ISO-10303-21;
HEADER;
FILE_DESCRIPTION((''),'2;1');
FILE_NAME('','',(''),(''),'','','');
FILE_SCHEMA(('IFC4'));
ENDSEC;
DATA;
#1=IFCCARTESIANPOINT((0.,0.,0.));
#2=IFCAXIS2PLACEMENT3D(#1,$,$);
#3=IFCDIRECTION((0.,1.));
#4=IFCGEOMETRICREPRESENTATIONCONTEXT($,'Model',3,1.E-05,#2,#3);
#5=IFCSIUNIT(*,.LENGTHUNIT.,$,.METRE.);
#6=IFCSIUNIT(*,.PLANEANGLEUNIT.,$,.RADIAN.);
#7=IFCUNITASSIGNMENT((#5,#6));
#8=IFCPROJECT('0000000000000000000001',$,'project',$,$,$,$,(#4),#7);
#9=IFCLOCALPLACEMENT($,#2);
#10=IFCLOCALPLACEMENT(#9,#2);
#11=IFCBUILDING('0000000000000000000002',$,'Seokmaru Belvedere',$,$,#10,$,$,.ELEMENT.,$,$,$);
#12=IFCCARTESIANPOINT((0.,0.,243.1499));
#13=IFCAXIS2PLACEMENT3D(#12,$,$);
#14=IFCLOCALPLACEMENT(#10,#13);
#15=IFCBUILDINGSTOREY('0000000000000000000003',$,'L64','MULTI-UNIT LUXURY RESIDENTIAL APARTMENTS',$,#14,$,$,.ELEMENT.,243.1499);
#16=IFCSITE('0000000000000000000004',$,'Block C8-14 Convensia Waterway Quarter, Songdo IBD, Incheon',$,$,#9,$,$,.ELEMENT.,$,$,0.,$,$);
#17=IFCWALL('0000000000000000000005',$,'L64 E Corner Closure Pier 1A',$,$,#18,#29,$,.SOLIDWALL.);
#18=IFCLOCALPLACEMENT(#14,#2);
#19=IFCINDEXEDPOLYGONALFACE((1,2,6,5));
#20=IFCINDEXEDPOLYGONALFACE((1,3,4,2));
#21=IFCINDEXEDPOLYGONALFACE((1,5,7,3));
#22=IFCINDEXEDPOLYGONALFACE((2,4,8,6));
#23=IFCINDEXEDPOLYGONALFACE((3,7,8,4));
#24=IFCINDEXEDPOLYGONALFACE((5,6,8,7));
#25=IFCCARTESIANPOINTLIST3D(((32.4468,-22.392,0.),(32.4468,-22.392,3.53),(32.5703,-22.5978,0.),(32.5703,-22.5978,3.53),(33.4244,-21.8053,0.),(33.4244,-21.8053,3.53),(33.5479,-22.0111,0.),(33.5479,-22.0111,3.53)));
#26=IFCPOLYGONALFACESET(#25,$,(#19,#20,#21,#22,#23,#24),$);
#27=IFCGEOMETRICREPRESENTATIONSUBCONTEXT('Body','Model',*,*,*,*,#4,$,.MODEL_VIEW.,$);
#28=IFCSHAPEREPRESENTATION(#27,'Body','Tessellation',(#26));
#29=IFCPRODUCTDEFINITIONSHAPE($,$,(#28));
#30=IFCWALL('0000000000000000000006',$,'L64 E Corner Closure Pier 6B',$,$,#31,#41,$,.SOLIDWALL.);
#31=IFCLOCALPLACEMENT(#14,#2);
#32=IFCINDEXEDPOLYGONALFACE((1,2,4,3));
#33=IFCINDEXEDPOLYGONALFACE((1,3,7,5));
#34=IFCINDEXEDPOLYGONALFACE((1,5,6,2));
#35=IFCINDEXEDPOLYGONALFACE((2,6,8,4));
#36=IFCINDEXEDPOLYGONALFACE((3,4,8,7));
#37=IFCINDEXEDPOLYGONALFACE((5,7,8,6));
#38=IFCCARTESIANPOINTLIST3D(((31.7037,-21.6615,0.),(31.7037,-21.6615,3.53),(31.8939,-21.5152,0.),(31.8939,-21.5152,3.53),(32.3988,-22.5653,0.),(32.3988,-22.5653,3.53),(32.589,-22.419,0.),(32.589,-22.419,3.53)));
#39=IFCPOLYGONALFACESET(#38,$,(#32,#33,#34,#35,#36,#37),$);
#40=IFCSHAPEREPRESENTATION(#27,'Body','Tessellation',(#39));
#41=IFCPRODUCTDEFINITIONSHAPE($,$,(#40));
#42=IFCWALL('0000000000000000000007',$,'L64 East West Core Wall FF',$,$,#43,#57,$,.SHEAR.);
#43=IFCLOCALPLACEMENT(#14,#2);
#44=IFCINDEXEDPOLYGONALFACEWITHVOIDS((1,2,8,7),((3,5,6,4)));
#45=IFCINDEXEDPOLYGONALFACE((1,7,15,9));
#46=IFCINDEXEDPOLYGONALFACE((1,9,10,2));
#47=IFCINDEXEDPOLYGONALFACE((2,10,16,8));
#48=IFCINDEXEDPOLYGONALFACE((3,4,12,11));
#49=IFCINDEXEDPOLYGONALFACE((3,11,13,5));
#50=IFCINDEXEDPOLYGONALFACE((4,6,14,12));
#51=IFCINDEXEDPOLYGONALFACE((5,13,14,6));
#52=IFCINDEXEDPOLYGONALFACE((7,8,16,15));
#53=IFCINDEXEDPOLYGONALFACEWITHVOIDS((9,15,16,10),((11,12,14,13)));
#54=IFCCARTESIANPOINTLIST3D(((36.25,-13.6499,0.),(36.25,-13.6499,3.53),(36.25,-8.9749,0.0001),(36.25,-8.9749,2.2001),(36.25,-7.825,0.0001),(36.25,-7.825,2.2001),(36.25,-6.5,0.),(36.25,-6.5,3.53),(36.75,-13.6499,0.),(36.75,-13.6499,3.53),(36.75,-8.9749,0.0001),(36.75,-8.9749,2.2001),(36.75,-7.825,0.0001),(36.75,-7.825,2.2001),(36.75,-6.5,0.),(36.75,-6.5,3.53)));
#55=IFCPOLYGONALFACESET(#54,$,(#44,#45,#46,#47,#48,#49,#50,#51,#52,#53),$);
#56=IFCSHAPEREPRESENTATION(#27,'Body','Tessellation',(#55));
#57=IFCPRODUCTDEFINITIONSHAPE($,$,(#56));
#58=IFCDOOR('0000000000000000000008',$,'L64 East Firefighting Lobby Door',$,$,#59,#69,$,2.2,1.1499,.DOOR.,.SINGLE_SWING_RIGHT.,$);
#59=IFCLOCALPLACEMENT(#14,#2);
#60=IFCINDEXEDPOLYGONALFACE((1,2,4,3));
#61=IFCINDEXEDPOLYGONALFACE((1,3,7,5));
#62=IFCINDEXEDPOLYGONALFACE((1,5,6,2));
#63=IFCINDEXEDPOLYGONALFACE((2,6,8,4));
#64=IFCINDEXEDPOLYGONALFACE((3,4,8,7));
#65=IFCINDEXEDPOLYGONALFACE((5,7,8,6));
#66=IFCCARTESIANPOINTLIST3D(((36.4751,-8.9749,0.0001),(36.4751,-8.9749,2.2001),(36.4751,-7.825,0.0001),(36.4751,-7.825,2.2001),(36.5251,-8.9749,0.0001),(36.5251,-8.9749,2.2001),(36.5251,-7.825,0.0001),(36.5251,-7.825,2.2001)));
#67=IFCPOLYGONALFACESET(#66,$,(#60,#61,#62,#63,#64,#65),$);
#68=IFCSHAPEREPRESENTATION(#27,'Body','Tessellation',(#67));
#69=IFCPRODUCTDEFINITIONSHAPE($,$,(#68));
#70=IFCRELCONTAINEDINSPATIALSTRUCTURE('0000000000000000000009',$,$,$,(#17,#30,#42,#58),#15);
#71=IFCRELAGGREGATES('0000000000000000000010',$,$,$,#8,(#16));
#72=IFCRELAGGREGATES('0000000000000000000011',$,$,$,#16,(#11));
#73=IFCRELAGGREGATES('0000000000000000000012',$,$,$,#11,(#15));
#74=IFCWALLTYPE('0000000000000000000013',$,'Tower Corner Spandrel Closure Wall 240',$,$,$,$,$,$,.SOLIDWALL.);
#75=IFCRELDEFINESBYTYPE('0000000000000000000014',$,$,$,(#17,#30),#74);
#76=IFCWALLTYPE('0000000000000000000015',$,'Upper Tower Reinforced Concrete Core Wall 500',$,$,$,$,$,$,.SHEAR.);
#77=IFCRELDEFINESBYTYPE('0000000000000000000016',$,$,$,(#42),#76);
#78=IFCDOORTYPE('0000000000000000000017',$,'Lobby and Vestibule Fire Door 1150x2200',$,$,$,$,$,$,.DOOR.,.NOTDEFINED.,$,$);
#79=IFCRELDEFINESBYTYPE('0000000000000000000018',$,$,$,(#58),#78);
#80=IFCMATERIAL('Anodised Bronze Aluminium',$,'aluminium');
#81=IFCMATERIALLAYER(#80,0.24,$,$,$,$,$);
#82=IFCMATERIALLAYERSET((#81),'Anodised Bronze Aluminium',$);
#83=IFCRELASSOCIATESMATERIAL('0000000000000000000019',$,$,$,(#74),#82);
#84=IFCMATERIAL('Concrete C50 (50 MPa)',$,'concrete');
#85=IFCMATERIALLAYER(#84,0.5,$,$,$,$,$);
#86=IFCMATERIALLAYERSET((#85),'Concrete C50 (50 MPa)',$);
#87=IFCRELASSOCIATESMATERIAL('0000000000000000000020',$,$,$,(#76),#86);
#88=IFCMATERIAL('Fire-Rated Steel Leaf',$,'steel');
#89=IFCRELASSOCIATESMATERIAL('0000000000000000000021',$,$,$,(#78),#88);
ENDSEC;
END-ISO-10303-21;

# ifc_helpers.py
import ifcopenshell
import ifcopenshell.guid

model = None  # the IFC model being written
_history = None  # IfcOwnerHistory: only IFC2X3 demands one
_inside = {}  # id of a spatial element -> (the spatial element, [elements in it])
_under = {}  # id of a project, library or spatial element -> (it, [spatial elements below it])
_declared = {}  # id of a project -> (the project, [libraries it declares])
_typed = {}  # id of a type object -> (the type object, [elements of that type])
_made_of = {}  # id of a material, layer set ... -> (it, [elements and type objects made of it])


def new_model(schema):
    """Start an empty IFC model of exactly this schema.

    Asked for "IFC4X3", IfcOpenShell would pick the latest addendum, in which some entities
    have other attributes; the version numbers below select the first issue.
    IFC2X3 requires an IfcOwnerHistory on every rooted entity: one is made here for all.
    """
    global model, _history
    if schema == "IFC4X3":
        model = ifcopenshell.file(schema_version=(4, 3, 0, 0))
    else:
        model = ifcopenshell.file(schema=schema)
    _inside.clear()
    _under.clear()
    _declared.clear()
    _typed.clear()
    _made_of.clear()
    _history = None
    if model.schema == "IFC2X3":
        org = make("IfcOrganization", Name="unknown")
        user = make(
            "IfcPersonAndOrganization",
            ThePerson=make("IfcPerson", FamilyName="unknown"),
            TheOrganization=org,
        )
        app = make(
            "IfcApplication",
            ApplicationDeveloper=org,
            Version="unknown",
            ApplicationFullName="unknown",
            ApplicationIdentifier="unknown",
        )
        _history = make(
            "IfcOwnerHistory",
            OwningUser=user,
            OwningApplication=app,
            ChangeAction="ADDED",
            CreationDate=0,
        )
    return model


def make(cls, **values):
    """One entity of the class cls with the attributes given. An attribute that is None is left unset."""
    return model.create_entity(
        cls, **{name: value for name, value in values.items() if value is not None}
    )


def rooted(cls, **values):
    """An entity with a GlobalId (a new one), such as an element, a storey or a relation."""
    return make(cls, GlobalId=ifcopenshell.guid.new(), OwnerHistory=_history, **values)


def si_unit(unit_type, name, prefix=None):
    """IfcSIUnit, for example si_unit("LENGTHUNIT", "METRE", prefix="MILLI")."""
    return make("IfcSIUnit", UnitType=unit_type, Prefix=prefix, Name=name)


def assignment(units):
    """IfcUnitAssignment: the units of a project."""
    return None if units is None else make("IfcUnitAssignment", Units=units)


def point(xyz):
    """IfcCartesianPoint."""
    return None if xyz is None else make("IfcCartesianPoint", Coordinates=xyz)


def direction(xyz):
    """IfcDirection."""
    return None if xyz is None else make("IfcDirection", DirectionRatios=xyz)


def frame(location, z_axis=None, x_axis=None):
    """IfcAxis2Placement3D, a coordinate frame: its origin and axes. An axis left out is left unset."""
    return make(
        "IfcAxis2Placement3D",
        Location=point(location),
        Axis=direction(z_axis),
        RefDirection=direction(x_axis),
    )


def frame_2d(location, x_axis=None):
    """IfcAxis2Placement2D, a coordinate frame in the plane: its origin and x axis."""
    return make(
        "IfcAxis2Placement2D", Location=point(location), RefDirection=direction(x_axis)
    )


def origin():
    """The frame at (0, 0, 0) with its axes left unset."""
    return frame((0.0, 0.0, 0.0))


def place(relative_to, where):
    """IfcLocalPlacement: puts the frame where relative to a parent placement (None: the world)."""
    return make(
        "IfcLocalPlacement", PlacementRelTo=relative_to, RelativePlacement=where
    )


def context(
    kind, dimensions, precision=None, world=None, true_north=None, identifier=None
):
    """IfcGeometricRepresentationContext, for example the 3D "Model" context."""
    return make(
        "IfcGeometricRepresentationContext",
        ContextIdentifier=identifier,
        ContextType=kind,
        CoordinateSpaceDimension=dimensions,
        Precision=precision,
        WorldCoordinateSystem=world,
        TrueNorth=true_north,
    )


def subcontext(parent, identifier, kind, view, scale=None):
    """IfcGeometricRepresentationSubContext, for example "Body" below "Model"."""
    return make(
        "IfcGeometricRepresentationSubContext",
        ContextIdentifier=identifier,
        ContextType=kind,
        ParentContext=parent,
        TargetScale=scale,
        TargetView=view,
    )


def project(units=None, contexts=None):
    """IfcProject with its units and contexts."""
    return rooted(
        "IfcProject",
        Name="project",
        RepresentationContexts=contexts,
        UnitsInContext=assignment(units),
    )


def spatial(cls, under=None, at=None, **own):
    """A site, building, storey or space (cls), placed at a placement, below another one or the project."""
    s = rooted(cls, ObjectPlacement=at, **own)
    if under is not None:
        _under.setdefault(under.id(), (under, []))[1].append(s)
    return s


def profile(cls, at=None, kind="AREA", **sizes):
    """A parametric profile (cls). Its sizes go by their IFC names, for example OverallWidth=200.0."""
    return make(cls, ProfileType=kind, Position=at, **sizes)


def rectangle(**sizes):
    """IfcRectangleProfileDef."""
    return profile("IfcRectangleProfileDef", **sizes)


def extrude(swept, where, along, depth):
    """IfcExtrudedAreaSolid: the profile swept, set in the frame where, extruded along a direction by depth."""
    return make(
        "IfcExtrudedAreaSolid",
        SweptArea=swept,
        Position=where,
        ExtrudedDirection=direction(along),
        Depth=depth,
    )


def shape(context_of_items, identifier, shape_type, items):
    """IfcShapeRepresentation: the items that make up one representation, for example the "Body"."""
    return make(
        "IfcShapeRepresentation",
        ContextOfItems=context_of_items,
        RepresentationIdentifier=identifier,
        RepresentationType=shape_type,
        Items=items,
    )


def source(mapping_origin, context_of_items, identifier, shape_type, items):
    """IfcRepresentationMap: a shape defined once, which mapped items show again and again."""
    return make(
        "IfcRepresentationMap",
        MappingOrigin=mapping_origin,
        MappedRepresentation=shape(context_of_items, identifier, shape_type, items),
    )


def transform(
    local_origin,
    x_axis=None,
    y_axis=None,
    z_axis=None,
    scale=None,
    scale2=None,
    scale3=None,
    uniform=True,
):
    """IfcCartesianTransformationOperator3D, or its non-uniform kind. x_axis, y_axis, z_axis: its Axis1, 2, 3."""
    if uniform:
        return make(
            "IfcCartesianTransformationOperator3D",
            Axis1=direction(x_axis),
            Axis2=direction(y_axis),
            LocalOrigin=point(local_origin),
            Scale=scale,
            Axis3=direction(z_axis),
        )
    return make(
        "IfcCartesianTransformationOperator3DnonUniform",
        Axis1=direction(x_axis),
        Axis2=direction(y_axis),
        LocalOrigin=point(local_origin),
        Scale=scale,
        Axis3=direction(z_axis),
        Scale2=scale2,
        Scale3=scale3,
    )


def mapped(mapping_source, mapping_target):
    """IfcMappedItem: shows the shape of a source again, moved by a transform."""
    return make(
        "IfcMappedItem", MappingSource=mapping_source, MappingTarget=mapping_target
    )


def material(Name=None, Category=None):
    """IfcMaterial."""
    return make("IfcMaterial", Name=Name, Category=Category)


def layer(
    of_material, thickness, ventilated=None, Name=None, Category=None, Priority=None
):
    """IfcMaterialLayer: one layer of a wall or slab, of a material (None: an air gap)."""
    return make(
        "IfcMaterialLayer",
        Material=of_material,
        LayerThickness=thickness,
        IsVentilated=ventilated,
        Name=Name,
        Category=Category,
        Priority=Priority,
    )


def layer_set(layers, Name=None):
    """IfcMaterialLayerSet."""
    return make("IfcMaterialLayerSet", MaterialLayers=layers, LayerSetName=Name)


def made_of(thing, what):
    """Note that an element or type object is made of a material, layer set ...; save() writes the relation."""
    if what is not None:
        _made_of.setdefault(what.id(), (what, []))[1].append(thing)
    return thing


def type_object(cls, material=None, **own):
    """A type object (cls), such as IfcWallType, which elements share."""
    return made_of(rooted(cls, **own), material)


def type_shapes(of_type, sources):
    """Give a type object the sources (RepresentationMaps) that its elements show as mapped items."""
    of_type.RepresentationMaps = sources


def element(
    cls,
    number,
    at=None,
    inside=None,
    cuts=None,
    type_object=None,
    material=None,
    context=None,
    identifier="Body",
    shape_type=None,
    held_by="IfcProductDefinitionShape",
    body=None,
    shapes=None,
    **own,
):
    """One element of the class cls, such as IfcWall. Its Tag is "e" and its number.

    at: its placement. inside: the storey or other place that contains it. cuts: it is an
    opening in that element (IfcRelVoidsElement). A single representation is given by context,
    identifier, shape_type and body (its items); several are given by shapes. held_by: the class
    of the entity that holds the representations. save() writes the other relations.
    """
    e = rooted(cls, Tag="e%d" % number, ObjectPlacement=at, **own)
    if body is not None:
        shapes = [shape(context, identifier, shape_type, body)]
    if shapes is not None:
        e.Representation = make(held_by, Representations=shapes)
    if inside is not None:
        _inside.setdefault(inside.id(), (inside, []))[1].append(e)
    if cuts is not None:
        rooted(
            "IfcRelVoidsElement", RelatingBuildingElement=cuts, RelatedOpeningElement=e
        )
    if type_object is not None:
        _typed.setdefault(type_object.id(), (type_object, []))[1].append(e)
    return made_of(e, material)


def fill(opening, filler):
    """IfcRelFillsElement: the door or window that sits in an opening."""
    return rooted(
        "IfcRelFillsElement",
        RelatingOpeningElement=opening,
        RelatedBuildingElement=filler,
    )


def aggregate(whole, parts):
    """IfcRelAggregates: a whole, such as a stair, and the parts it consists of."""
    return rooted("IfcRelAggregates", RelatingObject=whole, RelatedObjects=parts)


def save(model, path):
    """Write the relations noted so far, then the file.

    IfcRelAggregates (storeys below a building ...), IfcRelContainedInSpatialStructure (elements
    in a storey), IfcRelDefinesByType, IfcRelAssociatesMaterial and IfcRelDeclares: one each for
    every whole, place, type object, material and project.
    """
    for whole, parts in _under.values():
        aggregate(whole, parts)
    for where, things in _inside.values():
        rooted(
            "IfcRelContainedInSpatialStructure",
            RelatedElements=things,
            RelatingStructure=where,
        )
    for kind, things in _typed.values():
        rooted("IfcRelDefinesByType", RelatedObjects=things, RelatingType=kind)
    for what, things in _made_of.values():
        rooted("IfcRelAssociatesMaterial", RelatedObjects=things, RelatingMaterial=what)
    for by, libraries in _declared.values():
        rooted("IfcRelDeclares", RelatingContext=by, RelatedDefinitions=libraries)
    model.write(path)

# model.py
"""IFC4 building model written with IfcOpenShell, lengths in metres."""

from ifc_helpers import new_model, si_unit, direction, frame, frame_2d, origin, place, context, subcontext, project, spatial, rectangle, extrude, source, transform, mapped, material, layer, layer_set, type_object, type_shapes, element, fill, save


model = new_model("IFC4")

# Units and contexts
model_context = context("Model", 3, precision=1e-05, world=origin(), true_north=direction((0.0, 1.0)))
body_context = subcontext(model_context, "Body", "Model", "MODEL_VIEW")
ifc_project = project(units=[si_unit("LENGTHUNIT", "METRE"), si_unit("PLANEANGLEUNIT", "RADIAN")], contexts=[model_context])

# Site, building, storey
site_placement = place(None, origin())
site = spatial("IfcSite", under=ifc_project, at=site_placement, Name="Block C8-14 Convensia Waterway Quarter, Songdo IBD, Incheon", CompositionType="ELEMENT", RefElevation=0.0)
building_placement = place(site_placement, origin())
building = spatial("IfcBuilding", under=site, at=building_placement, Name="Seokmaru Belvedere", CompositionType="ELEMENT")
storey_placement = place(building_placement, frame((0.0, 0.0, 243.1499)))
storey = spatial("IfcBuildingStorey", under=building, at=storey_placement, Name="L64", Description="MULTI-UNIT LUXURY RESIDENTIAL APARTMENTS", CompositionType="ELEMENT", Elevation=243.1499)

# Shared definitions
ifc_material_1 = material(Name="Anodised Bronze Aluminium", Category="aluminium")

# Shared definitions
ifc_material_2 = material(Name="Fire-Rated Steel Leaf", Category="steel")

# Walls
ifc_layer_1 = layer(ifc_material_1, 0.24)
ifc_layer_set_1 = layer_set([ifc_layer_1], Name="Anodised Bronze Aluminium")
wall_type_1 = type_object("IfcWallType", Name="Tower Corner Spandrel Closure Wall 240", PredefinedType="SOLIDWALL", material=ifc_layer_set_1)
for number, where, z_axis, x_axis, name in (
    (1, (32.5085, -22.4949, 0.0), (0.0, 0.0, 1.0), (0.857436, 0.51459, 0.0), "L64 E Corner Closure Pier 1A"),
    (2, (31.7988, -21.5884, 0.0), (0.0, 0.0, 1.0), (0.609618, -0.792696, 0.0), "L64 E Corner Closure Pier 6B"),
):
    element("IfcWall", number, at=place(storey_placement, frame(where, z_axis=z_axis, x_axis=x_axis)), inside=storey, type_object=wall_type_1, Name=name, PredefinedType="SOLIDWALL", context=body_context, shape_type="SweptSolid", body=[
        extrude(rectangle(XDim=1.1401, YDim=0.24, at=frame_2d((0.5701, 0.0))), origin(), (0.0, 0.0, 1.0), 3.53),
    ])

# Wall, opening, door
ifc_material_3 = material(Name="Concrete C50 (50 MPa)", Category="concrete")
ifc_layer_2 = layer(ifc_material_3, 0.5)
ifc_layer_set_2 = layer_set([ifc_layer_2], Name="Concrete C50 (50 MPa)")
wall_type_2 = type_object("IfcWallType", Name="Upper Tower Reinforced Concrete Core Wall 500", PredefinedType="SHEAR", material=ifc_layer_set_2)
wall_1_placement = place(storey_placement, frame((36.5, -13.6499, 0.0), z_axis=(0.0, 0.0, 1.0), x_axis=(0.0, 1.0, 0.0)))
wall_1 = element("IfcWall", 3, at=wall_1_placement, inside=storey, type_object=wall_type_2, Name="L64 East West Core Wall FF", PredefinedType="SHEAR", context=body_context, shape_type="SweptSolid", body=[
    extrude(rectangle(XDim=7.1499, YDim=0.5, at=frame_2d((3.575, 0.0))), origin(), (0.0, 0.0, 1.0), 3.53),
])
opening_1_placement = place(wall_1_placement, frame((4.675, 0.0, 0.0)))
opening_1 = element("IfcOpeningElement", 4, at=opening_1_placement, cuts=wall_1, PredefinedType="OPENING", context=body_context, shape_type="SweptSolid", body=[
    extrude(rectangle(XDim=1.1499, YDim=2.2, at=frame_2d((0.575, 1.1001))), frame((0.0, 0.26, 0.0), z_axis=(0.0, -1.0, 0.0), x_axis=(1.0, 0.0, 0.0)), (0.0, 0.0, 1.0), 0.52),
])
door_type_1 = type_object("IfcDoorType", Name="Lobby and Vestibule Fire Door 1150x2200", OperationType="NOTDEFINED", PredefinedType="DOOR", material=ifc_material_2)
shared_shape_1 = source(origin(), body_context, "Body", "SweptSolid", [
    extrude(rectangle(XDim=1.1499, YDim=2.2, at=frame_2d((0.575, 1.1001))), frame((0.0, 0.0249, 0.0), z_axis=(0.0, -1.0, 0.0), x_axis=(1.0, 0.0, 0.0)), (0.0, 0.0, 1.0), 0.05),
])
type_shapes(door_type_1, [shared_shape_1])
door_1_placement = place(opening_1_placement, origin())
door_1 = element("IfcDoor", 5, at=door_1_placement, inside=storey, type_object=door_type_1, Name="L64 East Firefighting Lobby Door", OperationType="SINGLE_SWING_RIGHT", OverallHeight=2.2, OverallWidth=1.1499, PredefinedType="DOOR", context=body_context, shape_type="MappedRepresentation", body=[
    mapped(shared_shape_1, transform((0.0, 0.0, 0.0), scale=1.0)),
])
fill(opening_1, door_1)

save(model, "model.ifc")
